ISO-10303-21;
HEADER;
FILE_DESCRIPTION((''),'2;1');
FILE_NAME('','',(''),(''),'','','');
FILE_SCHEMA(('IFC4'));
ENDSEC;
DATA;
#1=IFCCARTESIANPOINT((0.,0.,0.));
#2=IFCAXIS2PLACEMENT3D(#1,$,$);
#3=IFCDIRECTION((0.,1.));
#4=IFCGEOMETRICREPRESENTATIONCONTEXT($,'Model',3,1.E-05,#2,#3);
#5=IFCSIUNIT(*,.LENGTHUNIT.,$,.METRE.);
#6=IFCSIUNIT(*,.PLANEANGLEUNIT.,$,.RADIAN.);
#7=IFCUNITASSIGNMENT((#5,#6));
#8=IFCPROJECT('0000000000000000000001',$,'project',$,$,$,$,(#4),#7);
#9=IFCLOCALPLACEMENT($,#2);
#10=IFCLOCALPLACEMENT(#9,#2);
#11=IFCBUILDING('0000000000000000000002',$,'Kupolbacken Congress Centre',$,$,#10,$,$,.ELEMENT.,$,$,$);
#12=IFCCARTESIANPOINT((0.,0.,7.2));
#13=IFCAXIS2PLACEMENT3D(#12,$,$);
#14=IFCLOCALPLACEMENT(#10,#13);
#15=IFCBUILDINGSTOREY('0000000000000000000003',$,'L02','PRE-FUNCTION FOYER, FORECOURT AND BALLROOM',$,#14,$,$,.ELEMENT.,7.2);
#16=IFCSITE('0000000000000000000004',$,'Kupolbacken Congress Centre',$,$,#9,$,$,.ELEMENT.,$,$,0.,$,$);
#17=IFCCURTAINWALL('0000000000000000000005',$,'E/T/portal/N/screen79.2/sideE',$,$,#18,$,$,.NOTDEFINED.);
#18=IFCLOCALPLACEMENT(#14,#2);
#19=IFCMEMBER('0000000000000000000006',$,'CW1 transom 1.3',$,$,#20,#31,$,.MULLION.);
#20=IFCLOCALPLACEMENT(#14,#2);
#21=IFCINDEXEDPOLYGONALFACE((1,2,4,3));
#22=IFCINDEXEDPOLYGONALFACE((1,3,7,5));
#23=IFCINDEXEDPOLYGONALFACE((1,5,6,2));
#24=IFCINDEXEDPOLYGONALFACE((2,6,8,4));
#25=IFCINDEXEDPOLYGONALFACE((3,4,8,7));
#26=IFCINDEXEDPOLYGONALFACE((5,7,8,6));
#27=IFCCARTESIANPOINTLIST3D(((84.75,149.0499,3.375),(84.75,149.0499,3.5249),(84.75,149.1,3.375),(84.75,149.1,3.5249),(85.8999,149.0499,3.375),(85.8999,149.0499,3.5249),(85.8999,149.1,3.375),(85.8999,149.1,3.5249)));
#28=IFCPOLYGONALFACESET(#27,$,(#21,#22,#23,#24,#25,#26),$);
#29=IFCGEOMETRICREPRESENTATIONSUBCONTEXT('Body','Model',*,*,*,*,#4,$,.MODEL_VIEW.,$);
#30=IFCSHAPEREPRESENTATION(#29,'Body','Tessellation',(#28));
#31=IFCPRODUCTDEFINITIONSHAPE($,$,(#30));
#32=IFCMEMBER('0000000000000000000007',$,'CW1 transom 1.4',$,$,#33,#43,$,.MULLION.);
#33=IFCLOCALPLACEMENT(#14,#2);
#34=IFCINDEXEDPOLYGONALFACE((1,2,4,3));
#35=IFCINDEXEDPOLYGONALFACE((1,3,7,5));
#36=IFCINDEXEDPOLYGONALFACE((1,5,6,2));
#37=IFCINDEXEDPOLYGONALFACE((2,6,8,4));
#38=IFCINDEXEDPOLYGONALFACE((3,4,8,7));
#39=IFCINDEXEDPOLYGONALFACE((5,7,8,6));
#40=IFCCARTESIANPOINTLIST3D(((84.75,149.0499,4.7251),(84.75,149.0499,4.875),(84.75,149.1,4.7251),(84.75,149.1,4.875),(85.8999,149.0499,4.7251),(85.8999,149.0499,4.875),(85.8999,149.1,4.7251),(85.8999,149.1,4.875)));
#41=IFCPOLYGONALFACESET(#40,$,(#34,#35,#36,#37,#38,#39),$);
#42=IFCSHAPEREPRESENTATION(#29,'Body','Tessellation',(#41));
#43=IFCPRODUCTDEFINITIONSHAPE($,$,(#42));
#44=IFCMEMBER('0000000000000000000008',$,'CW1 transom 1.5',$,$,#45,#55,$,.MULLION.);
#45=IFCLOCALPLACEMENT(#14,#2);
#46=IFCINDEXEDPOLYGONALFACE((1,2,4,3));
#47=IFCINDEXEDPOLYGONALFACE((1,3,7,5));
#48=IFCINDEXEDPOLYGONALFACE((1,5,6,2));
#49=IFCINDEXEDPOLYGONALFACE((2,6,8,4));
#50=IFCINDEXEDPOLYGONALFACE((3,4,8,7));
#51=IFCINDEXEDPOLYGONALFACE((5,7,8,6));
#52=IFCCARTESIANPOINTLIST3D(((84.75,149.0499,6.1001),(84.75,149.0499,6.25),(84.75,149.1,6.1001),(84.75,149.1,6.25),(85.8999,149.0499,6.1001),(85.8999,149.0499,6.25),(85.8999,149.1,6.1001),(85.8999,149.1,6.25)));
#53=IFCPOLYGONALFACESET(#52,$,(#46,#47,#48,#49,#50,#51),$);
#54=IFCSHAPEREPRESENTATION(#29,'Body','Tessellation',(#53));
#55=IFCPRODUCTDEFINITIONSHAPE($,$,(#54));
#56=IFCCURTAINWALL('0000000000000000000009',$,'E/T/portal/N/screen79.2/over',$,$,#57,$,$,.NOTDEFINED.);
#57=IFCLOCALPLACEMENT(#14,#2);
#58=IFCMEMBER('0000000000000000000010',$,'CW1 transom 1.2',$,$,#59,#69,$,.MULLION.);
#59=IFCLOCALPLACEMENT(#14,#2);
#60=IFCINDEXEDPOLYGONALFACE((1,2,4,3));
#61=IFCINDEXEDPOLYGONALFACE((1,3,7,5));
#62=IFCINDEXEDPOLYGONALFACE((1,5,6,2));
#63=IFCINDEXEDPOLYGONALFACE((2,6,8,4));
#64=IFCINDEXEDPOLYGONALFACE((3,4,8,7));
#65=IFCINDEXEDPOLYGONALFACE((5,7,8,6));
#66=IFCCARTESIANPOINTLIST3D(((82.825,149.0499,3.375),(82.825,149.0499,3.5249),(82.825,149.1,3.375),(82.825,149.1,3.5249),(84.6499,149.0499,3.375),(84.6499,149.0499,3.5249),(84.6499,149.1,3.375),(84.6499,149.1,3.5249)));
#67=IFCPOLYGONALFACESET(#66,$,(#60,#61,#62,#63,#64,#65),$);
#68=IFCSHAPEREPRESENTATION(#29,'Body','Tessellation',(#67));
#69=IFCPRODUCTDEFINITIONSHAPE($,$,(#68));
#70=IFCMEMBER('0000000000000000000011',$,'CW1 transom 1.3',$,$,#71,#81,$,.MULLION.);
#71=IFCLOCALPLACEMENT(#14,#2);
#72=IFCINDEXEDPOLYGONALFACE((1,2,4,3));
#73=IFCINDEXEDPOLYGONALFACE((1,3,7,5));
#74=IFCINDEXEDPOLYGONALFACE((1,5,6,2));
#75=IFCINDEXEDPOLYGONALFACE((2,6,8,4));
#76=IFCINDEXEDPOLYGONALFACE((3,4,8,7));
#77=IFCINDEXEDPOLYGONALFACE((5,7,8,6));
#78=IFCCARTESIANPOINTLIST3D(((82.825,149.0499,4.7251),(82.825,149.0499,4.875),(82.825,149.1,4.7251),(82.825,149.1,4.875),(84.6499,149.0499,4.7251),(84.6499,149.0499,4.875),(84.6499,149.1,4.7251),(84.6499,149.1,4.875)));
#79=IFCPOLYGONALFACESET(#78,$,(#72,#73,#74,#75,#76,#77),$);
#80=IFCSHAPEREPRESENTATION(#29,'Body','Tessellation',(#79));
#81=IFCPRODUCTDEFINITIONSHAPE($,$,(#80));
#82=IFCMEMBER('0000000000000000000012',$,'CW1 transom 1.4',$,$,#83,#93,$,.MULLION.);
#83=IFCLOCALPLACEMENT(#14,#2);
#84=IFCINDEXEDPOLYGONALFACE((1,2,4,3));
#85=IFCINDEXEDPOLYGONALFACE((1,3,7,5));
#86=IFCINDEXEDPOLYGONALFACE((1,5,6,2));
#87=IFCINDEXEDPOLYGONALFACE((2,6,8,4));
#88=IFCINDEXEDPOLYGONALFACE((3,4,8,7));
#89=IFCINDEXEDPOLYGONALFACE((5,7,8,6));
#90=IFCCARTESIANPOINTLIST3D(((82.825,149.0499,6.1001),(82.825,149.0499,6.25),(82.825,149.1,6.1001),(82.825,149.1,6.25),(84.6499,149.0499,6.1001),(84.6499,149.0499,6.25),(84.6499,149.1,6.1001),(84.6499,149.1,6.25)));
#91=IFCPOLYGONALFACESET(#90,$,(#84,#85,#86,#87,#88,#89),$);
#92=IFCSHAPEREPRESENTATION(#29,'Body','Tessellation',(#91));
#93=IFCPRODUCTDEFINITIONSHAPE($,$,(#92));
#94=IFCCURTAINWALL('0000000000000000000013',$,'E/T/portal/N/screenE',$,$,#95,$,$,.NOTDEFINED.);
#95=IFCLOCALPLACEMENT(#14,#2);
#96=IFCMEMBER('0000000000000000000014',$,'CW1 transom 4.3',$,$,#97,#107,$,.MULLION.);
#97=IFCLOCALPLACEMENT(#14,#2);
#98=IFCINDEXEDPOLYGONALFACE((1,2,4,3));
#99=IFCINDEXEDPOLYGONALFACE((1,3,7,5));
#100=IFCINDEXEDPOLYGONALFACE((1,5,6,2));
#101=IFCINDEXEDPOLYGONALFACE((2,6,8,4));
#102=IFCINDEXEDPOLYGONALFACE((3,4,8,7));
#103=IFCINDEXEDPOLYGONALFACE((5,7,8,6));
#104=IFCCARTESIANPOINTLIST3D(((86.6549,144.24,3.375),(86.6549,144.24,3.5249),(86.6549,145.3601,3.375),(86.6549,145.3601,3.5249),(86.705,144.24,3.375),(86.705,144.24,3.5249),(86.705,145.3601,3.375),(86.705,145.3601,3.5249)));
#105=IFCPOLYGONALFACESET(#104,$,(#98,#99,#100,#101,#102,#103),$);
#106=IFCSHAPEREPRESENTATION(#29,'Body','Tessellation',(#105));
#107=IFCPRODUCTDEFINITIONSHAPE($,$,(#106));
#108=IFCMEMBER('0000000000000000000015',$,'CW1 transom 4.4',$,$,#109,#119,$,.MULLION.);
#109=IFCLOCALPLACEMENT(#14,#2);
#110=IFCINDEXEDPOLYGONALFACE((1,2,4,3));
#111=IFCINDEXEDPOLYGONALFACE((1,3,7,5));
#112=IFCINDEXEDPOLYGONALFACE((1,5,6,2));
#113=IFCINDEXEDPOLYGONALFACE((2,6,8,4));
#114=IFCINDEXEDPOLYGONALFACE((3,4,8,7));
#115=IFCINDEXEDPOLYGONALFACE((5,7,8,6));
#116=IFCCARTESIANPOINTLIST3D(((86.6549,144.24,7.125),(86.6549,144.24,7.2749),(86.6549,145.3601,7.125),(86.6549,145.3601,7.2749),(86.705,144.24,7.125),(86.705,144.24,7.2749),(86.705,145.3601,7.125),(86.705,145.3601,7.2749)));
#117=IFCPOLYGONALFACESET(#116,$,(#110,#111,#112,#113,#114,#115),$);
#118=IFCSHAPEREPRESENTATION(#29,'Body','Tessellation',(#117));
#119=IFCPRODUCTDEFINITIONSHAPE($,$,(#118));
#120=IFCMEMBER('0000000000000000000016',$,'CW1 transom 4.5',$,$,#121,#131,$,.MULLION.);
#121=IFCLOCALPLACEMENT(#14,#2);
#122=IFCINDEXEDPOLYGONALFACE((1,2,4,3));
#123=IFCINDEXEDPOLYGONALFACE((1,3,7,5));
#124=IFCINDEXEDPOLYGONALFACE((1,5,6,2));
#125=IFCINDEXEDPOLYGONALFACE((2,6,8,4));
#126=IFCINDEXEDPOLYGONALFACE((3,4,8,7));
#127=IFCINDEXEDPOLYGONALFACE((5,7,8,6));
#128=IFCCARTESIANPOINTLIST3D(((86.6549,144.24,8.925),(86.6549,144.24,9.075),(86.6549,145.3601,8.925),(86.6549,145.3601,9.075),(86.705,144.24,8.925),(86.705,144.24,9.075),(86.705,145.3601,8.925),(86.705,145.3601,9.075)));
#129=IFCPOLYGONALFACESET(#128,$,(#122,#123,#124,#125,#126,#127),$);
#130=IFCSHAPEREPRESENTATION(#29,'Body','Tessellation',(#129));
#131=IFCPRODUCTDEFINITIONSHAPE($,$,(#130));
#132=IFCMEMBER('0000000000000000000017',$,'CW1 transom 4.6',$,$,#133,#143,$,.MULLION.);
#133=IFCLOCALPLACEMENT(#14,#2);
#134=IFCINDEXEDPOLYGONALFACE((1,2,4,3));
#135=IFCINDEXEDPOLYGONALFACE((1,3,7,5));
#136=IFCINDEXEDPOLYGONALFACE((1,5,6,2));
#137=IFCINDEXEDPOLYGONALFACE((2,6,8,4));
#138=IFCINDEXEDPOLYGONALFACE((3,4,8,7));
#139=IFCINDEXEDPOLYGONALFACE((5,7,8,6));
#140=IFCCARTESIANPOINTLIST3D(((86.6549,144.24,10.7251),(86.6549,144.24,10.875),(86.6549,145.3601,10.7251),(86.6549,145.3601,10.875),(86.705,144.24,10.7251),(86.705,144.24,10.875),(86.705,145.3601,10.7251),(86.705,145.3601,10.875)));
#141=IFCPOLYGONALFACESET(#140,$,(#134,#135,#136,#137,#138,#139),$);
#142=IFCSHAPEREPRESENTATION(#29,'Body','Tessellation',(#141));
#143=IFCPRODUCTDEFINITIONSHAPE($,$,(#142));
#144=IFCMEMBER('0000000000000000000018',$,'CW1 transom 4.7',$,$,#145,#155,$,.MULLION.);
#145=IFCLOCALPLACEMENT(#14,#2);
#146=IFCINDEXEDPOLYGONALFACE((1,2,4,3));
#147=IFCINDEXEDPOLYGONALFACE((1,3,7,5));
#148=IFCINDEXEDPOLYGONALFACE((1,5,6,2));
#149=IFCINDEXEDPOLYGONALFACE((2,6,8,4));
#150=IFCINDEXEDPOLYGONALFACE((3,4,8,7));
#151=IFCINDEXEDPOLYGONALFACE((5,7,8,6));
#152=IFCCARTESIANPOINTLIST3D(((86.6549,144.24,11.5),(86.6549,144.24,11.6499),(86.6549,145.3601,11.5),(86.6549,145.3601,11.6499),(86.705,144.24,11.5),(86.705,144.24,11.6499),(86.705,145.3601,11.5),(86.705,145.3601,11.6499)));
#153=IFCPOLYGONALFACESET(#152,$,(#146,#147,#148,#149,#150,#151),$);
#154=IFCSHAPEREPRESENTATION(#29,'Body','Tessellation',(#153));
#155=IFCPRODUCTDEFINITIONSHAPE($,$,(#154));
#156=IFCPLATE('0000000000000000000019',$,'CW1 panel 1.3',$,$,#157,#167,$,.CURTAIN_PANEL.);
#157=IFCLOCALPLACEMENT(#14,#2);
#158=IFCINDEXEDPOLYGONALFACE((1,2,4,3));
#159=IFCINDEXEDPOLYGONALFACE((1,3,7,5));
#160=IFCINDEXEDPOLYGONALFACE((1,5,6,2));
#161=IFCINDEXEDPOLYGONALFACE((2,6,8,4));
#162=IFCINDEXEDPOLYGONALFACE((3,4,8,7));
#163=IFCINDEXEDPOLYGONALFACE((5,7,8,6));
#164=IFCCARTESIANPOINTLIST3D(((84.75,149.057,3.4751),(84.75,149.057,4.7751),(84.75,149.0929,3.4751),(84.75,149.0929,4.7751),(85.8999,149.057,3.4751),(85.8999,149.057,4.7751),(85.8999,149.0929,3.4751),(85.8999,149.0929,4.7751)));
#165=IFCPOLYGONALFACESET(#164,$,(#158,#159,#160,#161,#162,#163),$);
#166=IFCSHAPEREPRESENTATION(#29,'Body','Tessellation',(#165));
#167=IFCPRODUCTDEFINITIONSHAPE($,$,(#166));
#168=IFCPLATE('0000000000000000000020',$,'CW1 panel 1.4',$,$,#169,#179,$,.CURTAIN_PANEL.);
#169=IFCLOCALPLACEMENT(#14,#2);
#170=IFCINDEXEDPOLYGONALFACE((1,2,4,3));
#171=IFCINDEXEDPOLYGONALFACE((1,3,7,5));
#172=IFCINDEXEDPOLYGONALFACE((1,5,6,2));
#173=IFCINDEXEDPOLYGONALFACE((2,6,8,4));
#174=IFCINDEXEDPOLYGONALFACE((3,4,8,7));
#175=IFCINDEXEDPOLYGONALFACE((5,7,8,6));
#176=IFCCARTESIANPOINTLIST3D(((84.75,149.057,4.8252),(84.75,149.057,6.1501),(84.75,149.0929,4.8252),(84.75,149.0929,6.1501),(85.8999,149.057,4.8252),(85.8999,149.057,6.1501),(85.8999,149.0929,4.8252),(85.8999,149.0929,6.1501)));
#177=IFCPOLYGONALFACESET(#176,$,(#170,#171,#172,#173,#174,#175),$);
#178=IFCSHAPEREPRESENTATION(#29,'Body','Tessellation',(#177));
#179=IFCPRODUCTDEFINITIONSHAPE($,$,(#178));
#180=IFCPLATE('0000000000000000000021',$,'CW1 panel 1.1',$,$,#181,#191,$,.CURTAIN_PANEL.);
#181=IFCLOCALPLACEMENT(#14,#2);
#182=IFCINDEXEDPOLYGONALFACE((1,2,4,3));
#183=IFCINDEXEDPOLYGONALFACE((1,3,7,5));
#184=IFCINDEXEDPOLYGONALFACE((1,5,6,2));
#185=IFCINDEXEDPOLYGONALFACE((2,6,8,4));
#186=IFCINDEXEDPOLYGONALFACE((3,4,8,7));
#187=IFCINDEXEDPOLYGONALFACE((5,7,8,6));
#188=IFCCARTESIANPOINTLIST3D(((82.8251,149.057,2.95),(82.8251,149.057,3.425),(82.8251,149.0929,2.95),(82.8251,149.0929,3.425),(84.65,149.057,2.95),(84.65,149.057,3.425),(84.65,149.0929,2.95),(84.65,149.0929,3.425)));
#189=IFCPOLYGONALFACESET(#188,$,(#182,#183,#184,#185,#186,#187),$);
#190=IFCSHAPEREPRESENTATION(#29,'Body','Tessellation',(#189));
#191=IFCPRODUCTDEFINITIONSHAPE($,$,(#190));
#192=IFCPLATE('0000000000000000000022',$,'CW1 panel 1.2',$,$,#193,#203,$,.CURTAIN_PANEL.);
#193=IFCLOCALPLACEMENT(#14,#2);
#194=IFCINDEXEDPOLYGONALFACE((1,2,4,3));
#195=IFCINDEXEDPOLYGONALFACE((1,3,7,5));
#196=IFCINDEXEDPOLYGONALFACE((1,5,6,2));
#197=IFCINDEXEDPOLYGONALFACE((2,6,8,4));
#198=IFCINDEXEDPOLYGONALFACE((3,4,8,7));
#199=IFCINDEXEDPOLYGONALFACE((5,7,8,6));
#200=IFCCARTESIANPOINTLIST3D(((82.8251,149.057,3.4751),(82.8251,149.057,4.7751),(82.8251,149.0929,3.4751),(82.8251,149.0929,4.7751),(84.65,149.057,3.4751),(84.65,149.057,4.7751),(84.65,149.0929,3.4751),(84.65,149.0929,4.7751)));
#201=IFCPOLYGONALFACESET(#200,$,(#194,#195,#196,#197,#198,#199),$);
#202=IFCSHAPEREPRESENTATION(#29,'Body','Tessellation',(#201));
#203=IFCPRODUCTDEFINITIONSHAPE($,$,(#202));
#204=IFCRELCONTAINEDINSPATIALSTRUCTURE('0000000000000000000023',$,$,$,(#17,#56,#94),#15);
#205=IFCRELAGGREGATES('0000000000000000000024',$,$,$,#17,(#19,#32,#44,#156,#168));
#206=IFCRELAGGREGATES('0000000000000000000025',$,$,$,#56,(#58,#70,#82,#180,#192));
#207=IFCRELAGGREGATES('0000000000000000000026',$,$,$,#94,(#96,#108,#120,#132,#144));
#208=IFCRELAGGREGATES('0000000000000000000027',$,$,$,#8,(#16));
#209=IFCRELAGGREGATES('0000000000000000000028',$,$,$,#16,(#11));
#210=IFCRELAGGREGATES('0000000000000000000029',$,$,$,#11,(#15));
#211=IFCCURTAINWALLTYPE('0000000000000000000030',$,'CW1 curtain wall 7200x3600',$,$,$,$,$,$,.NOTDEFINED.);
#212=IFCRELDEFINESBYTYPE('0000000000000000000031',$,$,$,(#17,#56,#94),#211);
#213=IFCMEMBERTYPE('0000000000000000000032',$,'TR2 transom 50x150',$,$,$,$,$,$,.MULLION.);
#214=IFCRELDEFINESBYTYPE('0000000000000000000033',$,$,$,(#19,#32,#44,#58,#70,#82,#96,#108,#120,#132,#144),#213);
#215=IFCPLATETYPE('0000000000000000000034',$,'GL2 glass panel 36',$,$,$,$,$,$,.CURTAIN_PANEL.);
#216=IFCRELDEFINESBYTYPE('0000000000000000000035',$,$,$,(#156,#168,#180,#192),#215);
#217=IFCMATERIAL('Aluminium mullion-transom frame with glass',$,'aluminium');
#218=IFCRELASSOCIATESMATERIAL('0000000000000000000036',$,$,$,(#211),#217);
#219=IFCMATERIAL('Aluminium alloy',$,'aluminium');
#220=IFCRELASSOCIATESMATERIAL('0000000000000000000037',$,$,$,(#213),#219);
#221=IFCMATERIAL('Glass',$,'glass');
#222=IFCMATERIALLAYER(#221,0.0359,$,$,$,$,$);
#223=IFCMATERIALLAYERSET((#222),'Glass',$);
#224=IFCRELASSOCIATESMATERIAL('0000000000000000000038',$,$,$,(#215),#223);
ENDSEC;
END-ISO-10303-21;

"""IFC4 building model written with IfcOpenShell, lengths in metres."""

from ifc_helpers import new_model, si_unit, direction, frame, origin, origin_2d, place, context, subcontext, project, spatial, rectangle, extrude, material, layer, layer_set, material_profile, profile_set, type_object, element, aggregate, save


model = new_model("IFC4")

# Units and contexts
model_context = context("Model", 3, precision=1e-05, world=origin(), true_north=direction((0.0, 1.0)))
body_context = subcontext(model_context, "Body", "Model", "MODEL_VIEW")
ifc_project = project(units=[si_unit("LENGTHUNIT", "METRE"), si_unit("PLANEANGLEUNIT", "RADIAN")], contexts=[model_context])

# Site, building, storey
site_placement = place(None, origin())
site = spatial("IfcSite", under=ifc_project, at=site_placement, Name="Kupolbacken Congress Centre", CompositionType="ELEMENT", RefElevation=0.0)
building_placement = place(site_placement, origin())
building = spatial("IfcBuilding", under=site, at=building_placement, Name="Kupolbacken Congress Centre", CompositionType="ELEMENT")
storey_placement = place(building_placement, frame((0.0, 0.0, 7.2)))
storey = spatial("IfcBuildingStorey", under=building, at=storey_placement, Name="L02", Description="PRE-FUNCTION FOYER, FORECOURT AND BALLROOM", CompositionType="ELEMENT", Elevation=7.2)

# Curtain walls, members
ifc_material_1 = material(Name="Aluminium mullion-transom frame with glass", Category="aluminium")
curtain_wall_type = type_object("IfcCurtainWallType", Name="CW1 curtain wall 7200x3600", PredefinedType="NOTDEFINED", material=ifc_material_1)
curtain_wall_1_placement = place(storey_placement, origin())
curtain_wall_1 = element("IfcCurtainWall", 1, at=curtain_wall_1_placement, inside=storey, type_object=curtain_wall_type, Name="E/T/portal/N/screen79.2/sideE", PredefinedType="NOTDEFINED")
ifc_material_2 = material(Name="Aluminium alloy", Category="aluminium")
ifc_material_profile = material_profile(ifc_material_2, rectangle(XDim=0.05, YDim=0.1499, at=origin_2d()), Name="50 x 150")
ifc_profile_set = profile_set([ifc_material_profile], Name="Aluminium alloy")
member_type = type_object("IfcMemberType", Name="TR2 transom 50x150", PredefinedType="MULLION", material=ifc_profile_set)
member_1_placement = place(storey_placement, frame((85.8999, 149.075, 3.45), z_axis=(-1.0, 0.0, 0.0), x_axis=(0.0, -1.0, 0.0)))
member_1 = element("IfcMember", 2, at=member_1_placement, type_object=member_type, Name="CW1 transom 1.3", PredefinedType="MULLION", context=body_context, shape_type="SweptSolid", body=[
    extrude(rectangle(XDim=0.05, YDim=0.1499, at=origin_2d()), origin(), (0.0, 0.0, 1.0), 1.1499),
])
member_2_placement = place(storey_placement, frame((85.8999, 149.075, 4.8), z_axis=(-1.0, 0.0, 0.0), x_axis=(0.0, -1.0, 0.0)))
member_2 = element("IfcMember", 3, at=member_2_placement, type_object=member_type, Name="CW1 transom 1.4", PredefinedType="MULLION", context=body_context, shape_type="SweptSolid", body=[
    extrude(rectangle(XDim=0.05, YDim=0.1499, at=origin_2d()), origin(), (0.0, 0.0, 1.0), 1.1499),
])
member_3_placement = place(storey_placement, frame((85.8999, 149.075, 6.175), z_axis=(-1.0, 0.0, 0.0), x_axis=(0.0, -1.0, 0.0)))
member_3 = element("IfcMember", 4, at=member_3_placement, type_object=member_type, Name="CW1 transom 1.5", PredefinedType="MULLION", context=body_context, shape_type="SweptSolid", body=[
    extrude(rectangle(XDim=0.05, YDim=0.1499, at=origin_2d()), origin(), (0.0, 0.0, 1.0), 1.1499),
])
curtain_wall_2_placement = place(storey_placement, origin())
curtain_wall_2 = element("IfcCurtainWall", 5, at=curtain_wall_2_placement, inside=storey, type_object=curtain_wall_type, Name="E/T/portal/N/screen79.2/over", PredefinedType="NOTDEFINED")
member_4_placement = place(storey_placement, frame((84.6499, 149.075, 3.45), z_axis=(-1.0, 0.0, 0.0), x_axis=(0.0, -1.0, 0.0)))
member_4 = element("IfcMember", 6, at=member_4_placement, type_object=member_type, Name="CW1 transom 1.2", PredefinedType="MULLION", context=body_context, shape_type="SweptSolid", body=[
    extrude(rectangle(XDim=0.05, YDim=0.1499, at=origin_2d()), origin(), (0.0, 0.0, 1.0), 1.825),
])
member_5_placement = place(storey_placement, frame((84.6499, 149.075, 4.8), z_axis=(-1.0, 0.0, 0.0), x_axis=(0.0, -1.0, 0.0)))
member_5 = element("IfcMember", 7, at=member_5_placement, type_object=member_type, Name="CW1 transom 1.3", PredefinedType="MULLION", context=body_context, shape_type="SweptSolid", body=[
    extrude(rectangle(XDim=0.05, YDim=0.1499, at=origin_2d()), origin(), (0.0, 0.0, 1.0), 1.825),
])
member_6_placement = place(storey_placement, frame((84.6499, 149.075, 6.175), z_axis=(-1.0, 0.0, 0.0), x_axis=(0.0, -1.0, 0.0)))
member_6 = element("IfcMember", 8, at=member_6_placement, type_object=member_type, Name="CW1 transom 1.4", PredefinedType="MULLION", context=body_context, shape_type="SweptSolid", body=[
    extrude(rectangle(XDim=0.05, YDim=0.1499, at=origin_2d()), origin(), (0.0, 0.0, 1.0), 1.825),
])
curtain_wall_3_placement = place(storey_placement, origin())
curtain_wall_3 = element("IfcCurtainWall", 9, at=curtain_wall_3_placement, inside=storey, type_object=curtain_wall_type, Name="E/T/portal/N/screenE", PredefinedType="NOTDEFINED")
member_7_placement = place(storey_placement, frame((86.6799, 145.3601, 3.45), z_axis=(0.0, -1.0, 0.0), x_axis=(1.0, 0.0, 0.0)))
member_7 = element("IfcMember", 10, at=member_7_placement, type_object=member_type, Name="CW1 transom 4.3", PredefinedType="MULLION", context=body_context, shape_type="SweptSolid", body=[
    extrude(rectangle(XDim=0.05, YDim=0.1499, at=origin_2d()), origin(), (0.0, 0.0, 1.0), 1.1201),
])
member_8_placement = place(storey_placement, frame((86.6799, 145.3601, 7.2), z_axis=(0.0, -1.0, 0.0), x_axis=(1.0, 0.0, 0.0)))
member_8 = element("IfcMember", 11, at=member_8_placement, type_object=member_type, Name="CW1 transom 4.4", PredefinedType="MULLION", context=body_context, shape_type="SweptSolid", body=[
    extrude(rectangle(XDim=0.05, YDim=0.1499, at=origin_2d()), origin(), (0.0, 0.0, 1.0), 1.1201),
])
member_9_placement = place(storey_placement, frame((86.6799, 145.3601, 9.0), z_axis=(0.0, -1.0, 0.0), x_axis=(1.0, 0.0, 0.0)))
member_9 = element("IfcMember", 12, at=member_9_placement, type_object=member_type, Name="CW1 transom 4.5", PredefinedType="MULLION", context=body_context, shape_type="SweptSolid", body=[
    extrude(rectangle(XDim=0.05, YDim=0.1499, at=origin_2d()), origin(), (0.0, 0.0, 1.0), 1.1201),
])
member_10_placement = place(storey_placement, frame((86.6799, 145.3601, 10.8), z_axis=(0.0, -1.0, 0.0), x_axis=(1.0, 0.0, 0.0)))
member_10 = element("IfcMember", 13, at=member_10_placement, type_object=member_type, Name="CW1 transom 4.6", PredefinedType="MULLION", context=body_context, shape_type="SweptSolid", body=[
    extrude(rectangle(XDim=0.05, YDim=0.1499, at=origin_2d()), origin(), (0.0, 0.0, 1.0), 1.1201),
])
member_11_placement = place(storey_placement, frame((86.6799, 145.3601, 11.575), z_axis=(0.0, -1.0, 0.0), x_axis=(1.0, 0.0, 0.0)))
member_11 = element("IfcMember", 14, at=member_11_placement, type_object=member_type, Name="CW1 transom 4.7", PredefinedType="MULLION", context=body_context, shape_type="SweptSolid", body=[
    extrude(rectangle(XDim=0.05, YDim=0.1499, at=origin_2d()), origin(), (0.0, 0.0, 1.0), 1.1201),
])

# Plates
ifc_material_3 = material(Name="Glass", Category="glass")
ifc_layer_1 = layer(ifc_material_3, 0.0359)
ifc_layer_set_1 = layer_set([ifc_layer_1], Name="Glass")
plate_type = type_object("IfcPlateType", Name="GL2 glass panel 36", PredefinedType="CURTAIN_PANEL", material=ifc_layer_set_1)
plate_1_placement = place(storey_placement, frame((85.325, 149.075, 3.4751), z_axis=(0.0, 0.0, 1.0), x_axis=(-1.0, 0.0, 0.0)))
plate_1 = element("IfcPlate", 15, at=plate_1_placement, type_object=plate_type, Name="CW1 panel 1.3", PredefinedType="CURTAIN_PANEL", context=body_context, shape_type="SweptSolid", body=[
    extrude(rectangle(XDim=1.1499, YDim=0.0359, at=origin_2d()), origin(), (0.0, 0.0, 1.0), 1.3),
])
plate_2_placement = place(storey_placement, frame((85.325, 149.075, 4.8252), z_axis=(0.0, 0.0, 1.0), x_axis=(-1.0, 0.0, 0.0)))
plate_2 = element("IfcPlate", 16, at=plate_2_placement, type_object=plate_type, Name="CW1 panel 1.4", PredefinedType="CURTAIN_PANEL", context=body_context, shape_type="SweptSolid", body=[
    extrude(rectangle(XDim=1.1499, YDim=0.0359, at=origin_2d()), origin(), (0.0, 0.0, 1.0), 1.325),
])
aggregate(curtain_wall_1, [member_1, member_2, member_3, plate_1, plate_2])
plate_3_placement = place(storey_placement, frame((83.7375, 149.075, 2.95), z_axis=(0.0, 0.0, 1.0), x_axis=(-1.0, 0.0, 0.0)))
plate_3 = element("IfcPlate", 17, at=plate_3_placement, type_object=plate_type, Name="CW1 panel 1.1", PredefinedType="CURTAIN_PANEL", context=body_context, shape_type="SweptSolid", body=[
    extrude(rectangle(XDim=1.825, YDim=0.0359, at=origin_2d()), origin(), (0.0, 0.0, 1.0), 0.4751),
])
plate_4_placement = place(storey_placement, frame((83.7375, 149.075, 3.4751), z_axis=(0.0, 0.0, 1.0), x_axis=(-1.0, 0.0, 0.0)))
plate_4 = element("IfcPlate", 18, at=plate_4_placement, type_object=plate_type, Name="CW1 panel 1.2", PredefinedType="CURTAIN_PANEL", context=body_context, shape_type="SweptSolid", body=[
    extrude(rectangle(XDim=1.825, YDim=0.0359, at=origin_2d()), origin(), (0.0, 0.0, 1.0), 1.3),
])
aggregate(curtain_wall_2, [member_4, member_5, member_6, plate_3, plate_4])
aggregate(curtain_wall_3, [member_7, member_8, member_9, member_10, member_11])

save(model, "model.ifc")
